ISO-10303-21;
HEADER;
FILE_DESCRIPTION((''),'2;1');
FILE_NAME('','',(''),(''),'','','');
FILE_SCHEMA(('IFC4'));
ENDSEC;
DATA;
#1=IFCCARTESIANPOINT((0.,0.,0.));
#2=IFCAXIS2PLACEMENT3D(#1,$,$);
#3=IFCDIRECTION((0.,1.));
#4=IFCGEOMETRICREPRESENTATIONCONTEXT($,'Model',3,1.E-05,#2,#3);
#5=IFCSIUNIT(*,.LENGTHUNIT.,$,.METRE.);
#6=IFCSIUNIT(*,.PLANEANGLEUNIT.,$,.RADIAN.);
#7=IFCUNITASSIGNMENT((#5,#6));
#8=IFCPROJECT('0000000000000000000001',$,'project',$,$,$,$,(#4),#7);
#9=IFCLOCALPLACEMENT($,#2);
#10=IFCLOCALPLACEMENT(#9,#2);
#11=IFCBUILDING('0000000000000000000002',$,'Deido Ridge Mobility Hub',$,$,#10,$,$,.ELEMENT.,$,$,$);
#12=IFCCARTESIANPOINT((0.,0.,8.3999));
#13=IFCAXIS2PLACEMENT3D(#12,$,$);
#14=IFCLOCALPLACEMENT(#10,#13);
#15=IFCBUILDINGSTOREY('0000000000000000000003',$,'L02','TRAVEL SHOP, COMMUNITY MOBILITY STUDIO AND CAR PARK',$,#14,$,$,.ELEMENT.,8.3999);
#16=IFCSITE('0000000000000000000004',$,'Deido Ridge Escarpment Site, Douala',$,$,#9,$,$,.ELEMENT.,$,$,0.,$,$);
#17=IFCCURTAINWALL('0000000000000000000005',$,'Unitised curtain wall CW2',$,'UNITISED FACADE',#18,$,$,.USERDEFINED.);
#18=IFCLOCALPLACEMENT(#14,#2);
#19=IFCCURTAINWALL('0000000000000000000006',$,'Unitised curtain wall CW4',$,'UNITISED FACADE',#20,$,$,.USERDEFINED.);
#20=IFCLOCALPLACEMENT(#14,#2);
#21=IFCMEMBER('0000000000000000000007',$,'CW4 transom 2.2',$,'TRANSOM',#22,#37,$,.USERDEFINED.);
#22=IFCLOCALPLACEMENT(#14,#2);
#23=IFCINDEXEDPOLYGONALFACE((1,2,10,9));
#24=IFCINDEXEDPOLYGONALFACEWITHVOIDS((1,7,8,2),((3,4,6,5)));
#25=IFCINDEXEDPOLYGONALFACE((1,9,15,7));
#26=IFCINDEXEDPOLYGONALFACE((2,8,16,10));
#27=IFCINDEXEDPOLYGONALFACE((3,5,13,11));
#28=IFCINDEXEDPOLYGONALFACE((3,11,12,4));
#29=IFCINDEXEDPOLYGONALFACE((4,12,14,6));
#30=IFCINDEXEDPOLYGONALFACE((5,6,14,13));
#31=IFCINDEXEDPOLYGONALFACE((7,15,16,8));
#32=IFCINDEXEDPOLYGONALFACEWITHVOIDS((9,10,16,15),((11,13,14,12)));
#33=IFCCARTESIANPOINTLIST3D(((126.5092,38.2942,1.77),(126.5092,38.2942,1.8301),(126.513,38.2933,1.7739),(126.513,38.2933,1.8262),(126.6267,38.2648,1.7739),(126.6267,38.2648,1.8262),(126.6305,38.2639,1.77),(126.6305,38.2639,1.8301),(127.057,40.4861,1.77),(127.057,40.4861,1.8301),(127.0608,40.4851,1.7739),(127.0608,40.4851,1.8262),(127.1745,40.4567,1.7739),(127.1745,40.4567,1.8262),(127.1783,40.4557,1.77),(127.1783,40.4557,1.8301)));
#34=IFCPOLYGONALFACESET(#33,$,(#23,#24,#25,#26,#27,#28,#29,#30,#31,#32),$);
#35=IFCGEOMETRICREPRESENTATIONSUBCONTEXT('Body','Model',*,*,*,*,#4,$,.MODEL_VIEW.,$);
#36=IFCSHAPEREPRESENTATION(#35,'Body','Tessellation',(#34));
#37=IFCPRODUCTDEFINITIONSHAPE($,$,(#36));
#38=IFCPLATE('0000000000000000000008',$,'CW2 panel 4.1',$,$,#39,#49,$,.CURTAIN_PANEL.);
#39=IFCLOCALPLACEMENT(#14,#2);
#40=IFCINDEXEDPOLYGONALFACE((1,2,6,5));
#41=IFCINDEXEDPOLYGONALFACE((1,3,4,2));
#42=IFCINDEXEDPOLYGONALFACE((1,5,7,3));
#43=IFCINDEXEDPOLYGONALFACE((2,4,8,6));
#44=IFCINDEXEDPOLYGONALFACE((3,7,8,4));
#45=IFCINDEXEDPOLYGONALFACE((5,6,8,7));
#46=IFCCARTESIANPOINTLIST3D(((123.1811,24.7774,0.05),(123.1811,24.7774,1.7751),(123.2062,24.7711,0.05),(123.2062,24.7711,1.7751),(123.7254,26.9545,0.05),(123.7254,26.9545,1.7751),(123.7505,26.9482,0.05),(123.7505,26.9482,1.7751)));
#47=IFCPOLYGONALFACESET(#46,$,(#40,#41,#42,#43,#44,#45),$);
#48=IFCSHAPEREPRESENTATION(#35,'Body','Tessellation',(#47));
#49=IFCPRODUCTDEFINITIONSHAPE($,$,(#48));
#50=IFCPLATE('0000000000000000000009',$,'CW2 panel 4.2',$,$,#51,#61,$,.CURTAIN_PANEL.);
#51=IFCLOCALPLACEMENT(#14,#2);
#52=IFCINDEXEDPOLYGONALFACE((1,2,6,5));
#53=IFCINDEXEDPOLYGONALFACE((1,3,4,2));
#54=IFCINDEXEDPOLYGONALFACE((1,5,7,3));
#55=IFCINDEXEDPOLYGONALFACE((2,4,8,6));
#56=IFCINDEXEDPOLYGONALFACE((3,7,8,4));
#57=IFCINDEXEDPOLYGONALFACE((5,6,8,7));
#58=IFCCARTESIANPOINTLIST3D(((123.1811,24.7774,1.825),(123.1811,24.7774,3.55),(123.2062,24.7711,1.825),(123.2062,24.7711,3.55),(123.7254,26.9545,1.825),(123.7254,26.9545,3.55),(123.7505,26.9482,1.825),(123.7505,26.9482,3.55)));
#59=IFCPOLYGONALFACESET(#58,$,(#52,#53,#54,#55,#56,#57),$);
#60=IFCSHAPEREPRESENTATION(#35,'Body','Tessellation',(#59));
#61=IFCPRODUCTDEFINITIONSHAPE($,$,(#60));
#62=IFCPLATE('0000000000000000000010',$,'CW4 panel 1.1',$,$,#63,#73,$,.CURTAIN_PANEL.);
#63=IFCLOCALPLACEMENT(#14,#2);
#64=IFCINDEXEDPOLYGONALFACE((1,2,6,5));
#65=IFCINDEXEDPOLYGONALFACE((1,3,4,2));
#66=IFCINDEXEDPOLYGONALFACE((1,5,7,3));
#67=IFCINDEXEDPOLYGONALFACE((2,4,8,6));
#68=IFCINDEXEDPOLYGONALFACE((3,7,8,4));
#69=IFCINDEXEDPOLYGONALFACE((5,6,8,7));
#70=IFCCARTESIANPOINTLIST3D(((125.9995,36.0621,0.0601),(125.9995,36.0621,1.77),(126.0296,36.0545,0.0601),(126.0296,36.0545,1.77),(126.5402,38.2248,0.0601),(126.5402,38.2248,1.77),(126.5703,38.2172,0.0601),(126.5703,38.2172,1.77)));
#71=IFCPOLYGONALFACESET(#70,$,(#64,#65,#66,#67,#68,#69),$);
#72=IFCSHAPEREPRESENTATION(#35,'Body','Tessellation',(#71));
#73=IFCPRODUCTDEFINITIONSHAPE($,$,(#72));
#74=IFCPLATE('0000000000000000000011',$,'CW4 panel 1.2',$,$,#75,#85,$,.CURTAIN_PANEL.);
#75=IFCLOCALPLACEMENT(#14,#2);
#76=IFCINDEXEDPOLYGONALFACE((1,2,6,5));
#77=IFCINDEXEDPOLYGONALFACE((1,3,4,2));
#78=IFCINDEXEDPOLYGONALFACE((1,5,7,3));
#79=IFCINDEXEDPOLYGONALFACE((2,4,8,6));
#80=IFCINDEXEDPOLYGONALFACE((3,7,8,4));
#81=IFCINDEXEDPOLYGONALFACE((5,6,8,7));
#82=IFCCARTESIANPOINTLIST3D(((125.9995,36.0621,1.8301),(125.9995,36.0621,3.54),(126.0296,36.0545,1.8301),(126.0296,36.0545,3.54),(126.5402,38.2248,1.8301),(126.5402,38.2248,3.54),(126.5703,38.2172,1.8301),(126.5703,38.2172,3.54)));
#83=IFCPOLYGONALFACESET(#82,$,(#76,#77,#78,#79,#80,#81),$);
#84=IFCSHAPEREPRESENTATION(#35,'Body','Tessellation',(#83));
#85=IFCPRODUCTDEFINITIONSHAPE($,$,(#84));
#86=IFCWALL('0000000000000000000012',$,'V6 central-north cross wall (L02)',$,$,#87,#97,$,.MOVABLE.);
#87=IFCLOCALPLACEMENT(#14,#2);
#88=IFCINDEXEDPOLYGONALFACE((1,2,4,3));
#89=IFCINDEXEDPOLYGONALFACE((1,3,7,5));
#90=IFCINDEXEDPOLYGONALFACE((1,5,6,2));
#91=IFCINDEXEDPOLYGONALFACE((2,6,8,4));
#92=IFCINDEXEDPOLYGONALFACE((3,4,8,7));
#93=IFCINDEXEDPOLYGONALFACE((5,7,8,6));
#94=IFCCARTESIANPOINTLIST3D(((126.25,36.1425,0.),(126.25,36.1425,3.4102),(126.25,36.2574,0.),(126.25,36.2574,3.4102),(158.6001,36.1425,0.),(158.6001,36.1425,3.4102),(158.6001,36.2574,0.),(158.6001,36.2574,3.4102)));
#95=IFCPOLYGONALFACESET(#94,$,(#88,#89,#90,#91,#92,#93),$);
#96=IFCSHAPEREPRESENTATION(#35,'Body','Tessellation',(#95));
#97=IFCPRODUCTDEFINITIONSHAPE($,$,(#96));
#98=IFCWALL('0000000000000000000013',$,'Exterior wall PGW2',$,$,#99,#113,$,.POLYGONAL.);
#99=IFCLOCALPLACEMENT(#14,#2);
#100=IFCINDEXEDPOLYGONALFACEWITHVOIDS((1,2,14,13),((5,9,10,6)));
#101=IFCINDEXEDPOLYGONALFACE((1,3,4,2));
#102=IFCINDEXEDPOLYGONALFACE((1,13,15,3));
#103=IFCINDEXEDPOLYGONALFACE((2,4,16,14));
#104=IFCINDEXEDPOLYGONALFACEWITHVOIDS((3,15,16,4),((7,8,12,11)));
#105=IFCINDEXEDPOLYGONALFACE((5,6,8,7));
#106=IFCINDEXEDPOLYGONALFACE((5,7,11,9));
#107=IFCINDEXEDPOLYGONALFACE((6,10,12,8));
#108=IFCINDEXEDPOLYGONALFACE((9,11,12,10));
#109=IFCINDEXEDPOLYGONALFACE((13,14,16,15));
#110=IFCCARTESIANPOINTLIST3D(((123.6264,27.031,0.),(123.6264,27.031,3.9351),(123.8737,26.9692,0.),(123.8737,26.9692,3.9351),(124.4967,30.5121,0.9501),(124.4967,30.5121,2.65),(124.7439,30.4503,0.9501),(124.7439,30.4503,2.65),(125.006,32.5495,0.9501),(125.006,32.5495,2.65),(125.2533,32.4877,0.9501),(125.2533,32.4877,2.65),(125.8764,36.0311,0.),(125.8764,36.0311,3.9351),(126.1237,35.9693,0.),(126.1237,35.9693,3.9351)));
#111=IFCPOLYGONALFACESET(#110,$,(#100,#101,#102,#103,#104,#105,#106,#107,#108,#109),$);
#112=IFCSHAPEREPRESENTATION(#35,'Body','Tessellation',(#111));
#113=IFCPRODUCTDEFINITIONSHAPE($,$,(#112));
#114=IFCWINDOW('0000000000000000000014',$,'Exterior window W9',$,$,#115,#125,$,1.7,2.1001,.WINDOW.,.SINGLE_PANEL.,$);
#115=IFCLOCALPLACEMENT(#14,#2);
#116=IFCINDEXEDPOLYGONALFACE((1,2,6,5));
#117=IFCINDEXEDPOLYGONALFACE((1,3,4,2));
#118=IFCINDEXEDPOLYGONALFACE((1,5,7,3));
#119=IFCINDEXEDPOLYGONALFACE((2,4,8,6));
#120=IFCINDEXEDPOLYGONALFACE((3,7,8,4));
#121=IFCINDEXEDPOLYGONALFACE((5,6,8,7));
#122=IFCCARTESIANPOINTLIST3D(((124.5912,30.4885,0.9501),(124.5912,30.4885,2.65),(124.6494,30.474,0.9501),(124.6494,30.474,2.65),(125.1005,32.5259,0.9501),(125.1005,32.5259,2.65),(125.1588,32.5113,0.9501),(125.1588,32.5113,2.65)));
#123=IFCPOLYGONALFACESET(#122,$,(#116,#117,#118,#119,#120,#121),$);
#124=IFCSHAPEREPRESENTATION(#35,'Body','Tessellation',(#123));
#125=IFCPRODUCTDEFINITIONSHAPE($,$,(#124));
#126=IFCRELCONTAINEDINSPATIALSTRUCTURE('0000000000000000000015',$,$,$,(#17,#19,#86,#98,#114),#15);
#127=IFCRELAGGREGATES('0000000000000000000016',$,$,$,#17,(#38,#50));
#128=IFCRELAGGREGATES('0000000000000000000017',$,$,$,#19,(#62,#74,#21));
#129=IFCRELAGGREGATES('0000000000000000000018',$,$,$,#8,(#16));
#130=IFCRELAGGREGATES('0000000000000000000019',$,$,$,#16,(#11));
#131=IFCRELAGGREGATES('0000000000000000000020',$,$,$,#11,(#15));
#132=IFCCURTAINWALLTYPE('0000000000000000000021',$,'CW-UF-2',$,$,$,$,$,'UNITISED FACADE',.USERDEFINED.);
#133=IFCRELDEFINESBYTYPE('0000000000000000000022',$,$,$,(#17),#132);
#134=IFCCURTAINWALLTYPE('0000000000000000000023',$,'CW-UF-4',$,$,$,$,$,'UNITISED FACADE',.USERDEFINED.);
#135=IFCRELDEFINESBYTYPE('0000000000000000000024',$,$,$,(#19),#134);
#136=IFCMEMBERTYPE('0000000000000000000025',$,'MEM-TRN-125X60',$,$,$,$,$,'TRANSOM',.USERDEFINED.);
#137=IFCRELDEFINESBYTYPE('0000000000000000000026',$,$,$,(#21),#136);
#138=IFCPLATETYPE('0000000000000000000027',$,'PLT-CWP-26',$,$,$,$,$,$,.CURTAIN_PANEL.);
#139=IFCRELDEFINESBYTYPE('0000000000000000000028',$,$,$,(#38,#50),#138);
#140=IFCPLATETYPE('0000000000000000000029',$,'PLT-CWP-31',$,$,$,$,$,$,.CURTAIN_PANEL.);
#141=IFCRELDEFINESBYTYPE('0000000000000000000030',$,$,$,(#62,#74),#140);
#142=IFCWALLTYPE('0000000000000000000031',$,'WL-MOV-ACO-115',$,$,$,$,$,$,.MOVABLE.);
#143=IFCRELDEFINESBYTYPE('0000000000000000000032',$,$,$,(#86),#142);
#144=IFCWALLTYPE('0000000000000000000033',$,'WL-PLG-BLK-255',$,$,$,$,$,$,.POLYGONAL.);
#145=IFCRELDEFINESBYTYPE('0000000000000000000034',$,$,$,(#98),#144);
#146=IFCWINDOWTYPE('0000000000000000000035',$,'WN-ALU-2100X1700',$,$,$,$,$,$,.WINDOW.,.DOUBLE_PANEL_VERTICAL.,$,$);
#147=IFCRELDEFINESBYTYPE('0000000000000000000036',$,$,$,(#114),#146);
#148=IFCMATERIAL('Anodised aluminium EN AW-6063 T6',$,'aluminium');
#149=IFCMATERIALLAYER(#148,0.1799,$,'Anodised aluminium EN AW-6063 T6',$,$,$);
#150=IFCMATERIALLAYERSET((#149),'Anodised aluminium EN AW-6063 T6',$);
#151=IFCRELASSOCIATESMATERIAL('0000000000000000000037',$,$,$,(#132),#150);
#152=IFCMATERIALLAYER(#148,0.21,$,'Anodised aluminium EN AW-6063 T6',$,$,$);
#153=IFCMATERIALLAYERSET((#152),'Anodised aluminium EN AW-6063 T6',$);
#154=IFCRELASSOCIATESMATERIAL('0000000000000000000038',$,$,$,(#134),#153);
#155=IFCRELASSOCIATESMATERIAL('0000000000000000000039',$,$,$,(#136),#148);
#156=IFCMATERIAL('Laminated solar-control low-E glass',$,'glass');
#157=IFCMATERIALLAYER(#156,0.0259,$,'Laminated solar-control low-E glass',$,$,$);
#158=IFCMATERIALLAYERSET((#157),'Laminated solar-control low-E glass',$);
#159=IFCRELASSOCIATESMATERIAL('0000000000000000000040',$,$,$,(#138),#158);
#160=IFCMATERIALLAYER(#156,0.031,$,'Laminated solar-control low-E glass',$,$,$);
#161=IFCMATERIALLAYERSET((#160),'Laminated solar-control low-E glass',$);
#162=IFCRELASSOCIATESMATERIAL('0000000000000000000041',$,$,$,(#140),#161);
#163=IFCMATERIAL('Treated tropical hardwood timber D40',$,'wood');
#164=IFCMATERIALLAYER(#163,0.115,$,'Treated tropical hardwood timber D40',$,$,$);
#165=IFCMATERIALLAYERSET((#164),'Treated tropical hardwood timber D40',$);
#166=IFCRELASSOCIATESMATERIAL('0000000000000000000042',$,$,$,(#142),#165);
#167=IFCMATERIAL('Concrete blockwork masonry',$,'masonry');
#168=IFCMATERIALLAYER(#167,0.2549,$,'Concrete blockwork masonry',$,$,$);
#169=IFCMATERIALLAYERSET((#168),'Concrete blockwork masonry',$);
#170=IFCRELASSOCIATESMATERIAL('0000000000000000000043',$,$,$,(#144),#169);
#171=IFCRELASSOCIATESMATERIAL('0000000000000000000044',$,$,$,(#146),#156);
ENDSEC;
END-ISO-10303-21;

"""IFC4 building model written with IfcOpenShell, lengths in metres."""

from ifc_helpers import new_model, si_unit, direction, frame, frame_2d, origin, origin_2d, place, context, subcontext, project, spatial, rectangle, hollow_rectangle, extrude, material, layer, layer_set, material_profile, profile_set, type_object, element, fill, aggregate, save


model = new_model("IFC4")

# Units and contexts
model_context = context("Model", 3, precision=1e-05, world=origin(), true_north=direction((0.0, 1.0)))
body_context = subcontext(model_context, "Body", "Model", "MODEL_VIEW")
ifc_project = project(units=[si_unit("LENGTHUNIT", "METRE"), si_unit("PLANEANGLEUNIT", "RADIAN")], contexts=[model_context])

# Site, building, storey
site_placement = place(None, origin())
site = spatial("IfcSite", under=ifc_project, at=site_placement, Name="Deido Ridge Escarpment Site, Douala", CompositionType="ELEMENT", RefElevation=0.0)
building_placement = place(site_placement, origin())
building = spatial("IfcBuilding", under=site, at=building_placement, Name="Deido Ridge Mobility Hub", CompositionType="ELEMENT")
storey_placement = place(building_placement, frame((0.0, 0.0, 8.3999)))
storey = spatial("IfcBuildingStorey", under=building, at=storey_placement, Name="L02", Description="TRAVEL SHOP, COMMUNITY MOBILITY STUDIO AND CAR PARK", CompositionType="ELEMENT", Elevation=8.3999)

# Curtain wall
ifc_material_1 = material(Name="Anodised aluminium EN AW-6063 T6", Category="aluminium")
ifc_layer_1 = layer(ifc_material_1, 0.1799, Name="Anodised aluminium EN AW-6063 T6")
ifc_layer_set_1 = layer_set([ifc_layer_1], Name="Anodised aluminium EN AW-6063 T6")
curtain_wall_type_1 = type_object("IfcCurtainWallType", Name="CW-UF-2", ElementType="UNITISED FACADE", PredefinedType="USERDEFINED", material=ifc_layer_set_1)
curtain_wall_1_placement = place(storey_placement, origin())
curtain_wall_1 = element("IfcCurtainWall", 1, at=curtain_wall_1_placement, inside=storey, type_object=curtain_wall_type_1, Name="Unitised curtain wall CW2", ObjectType="UNITISED FACADE", PredefinedType="USERDEFINED")

# Curtain wall
ifc_layer_2 = layer(ifc_material_1, 0.21, Name="Anodised aluminium EN AW-6063 T6")
ifc_layer_set_2 = layer_set([ifc_layer_2], Name="Anodised aluminium EN AW-6063 T6")
curtain_wall_type_2 = type_object("IfcCurtainWallType", Name="CW-UF-4", ElementType="UNITISED FACADE", PredefinedType="USERDEFINED", material=ifc_layer_set_2)
curtain_wall_2_placement = place(storey_placement, origin())
curtain_wall_2 = element("IfcCurtainWall", 2, at=curtain_wall_2_placement, inside=storey, type_object=curtain_wall_type_2, Name="Unitised curtain wall CW4", ObjectType="UNITISED FACADE", PredefinedType="USERDEFINED")

# Member
ifc_material_profile_1 = material_profile(ifc_material_1, hollow_rectangle(XDim=0.125, YDim=0.0601, WallThickness=0.0039, at=origin_2d()), Name="RHS 125x60x4")
ifc_profile_set_1 = profile_set([ifc_material_profile_1], Name="Anodised aluminium EN AW-6063 T6")
member_type_1 = type_object("IfcMemberType", Name="MEM-TRN-125X60", ElementType="TRANSOM", PredefinedType="USERDEFINED", material=ifc_profile_set_1)
member_1_placement = place(storey_placement, frame((126.5698, 38.2791, 1.8), z_axis=(0.242485, 0.970155, 0.0), x_axis=(-0.970155, 0.242485, 0.0)))
member_1 = element("IfcMember", 3, at=member_1_placement, type_object=member_type_1, Name="CW4 transom 2.2", ObjectType="TRANSOM", PredefinedType="USERDEFINED", context=body_context, shape_type="SweptSolid", body=[
    extrude(hollow_rectangle(XDim=0.125, YDim=0.0601, WallThickness=0.0039, at=origin_2d()), origin(), (0.0, 0.0, 1.0), 2.2593),
])

# Plates
ifc_material_2 = material(Name="Laminated solar-control low-E glass", Category="glass")
ifc_layer_3 = layer(ifc_material_2, 0.0259, Name="Laminated solar-control low-E glass")
ifc_layer_set_3 = layer_set([ifc_layer_3], Name="Laminated solar-control low-E glass")
plate_type_1 = type_object("IfcPlateType", Name="PLT-CWP-26", PredefinedType="CURTAIN_PANEL", material=ifc_layer_set_3)
plate_1_placement = place(storey_placement, frame((123.4658, 25.8628, 0.05), z_axis=(0.0, 0.0, 1.0), x_axis=(0.242536, 0.970143, 0.0)))
plate_1 = element("IfcPlate", 4, at=plate_1_placement, type_object=plate_type_1, Name="CW2 panel 4.1", PredefinedType="CURTAIN_PANEL", context=body_context, shape_type="SweptSolid", body=[
    extrude(rectangle(XDim=2.2441, YDim=0.0259, at=origin_2d()), origin(), (0.0, 0.0, 1.0), 1.7251),
])
plate_2_placement = place(storey_placement, frame((123.4658, 25.8628, 1.825), z_axis=(0.0, 0.0, 1.0), x_axis=(0.242536, 0.970143, 0.0)))
plate_2 = element("IfcPlate", 5, at=plate_2_placement, type_object=plate_type_1, Name="CW2 panel 4.2", PredefinedType="CURTAIN_PANEL", context=body_context, shape_type="SweptSolid", body=[
    extrude(rectangle(XDim=2.2441, YDim=0.0259, at=origin_2d()), origin(), (0.0, 0.0, 1.0), 1.7251),
])
aggregate(curtain_wall_1, [plate_1, plate_2])
ifc_layer_4 = layer(ifc_material_2, 0.031, Name="Laminated solar-control low-E glass")
ifc_layer_set_4 = layer_set([ifc_layer_4], Name="Laminated solar-control low-E glass")
plate_type_2 = type_object("IfcPlateType", Name="PLT-CWP-31", PredefinedType="CURTAIN_PANEL", material=ifc_layer_set_4)
plate_3_placement = place(storey_placement, frame((126.2849, 37.1396, 0.0601), z_axis=(0.0, 0.0, 1.0), x_axis=(0.242536, 0.970143, 0.0)))
plate_3 = element("IfcPlate", 6, at=plate_3_placement, type_object=plate_type_2, Name="CW4 panel 1.1", PredefinedType="CURTAIN_PANEL", context=body_context, shape_type="SweptSolid", body=[
    extrude(rectangle(XDim=2.2292, YDim=0.031, at=origin_2d()), origin(), (0.0, 0.0, 1.0), 1.71),
])
plate_4_placement = place(storey_placement, frame((126.2849, 37.1396, 1.8301), z_axis=(0.0, 0.0, 1.0), x_axis=(0.242536, 0.970143, 0.0)))
plate_4 = element("IfcPlate", 7, at=plate_4_placement, type_object=plate_type_2, Name="CW4 panel 1.2", PredefinedType="CURTAIN_PANEL", context=body_context, shape_type="SweptSolid", body=[
    extrude(rectangle(XDim=2.2292, YDim=0.031, at=origin_2d()), origin(), (0.0, 0.0, 1.0), 1.71),
])
aggregate(curtain_wall_2, [plate_3, plate_4, member_1])

# Wall
ifc_material_3 = material(Name="Treated tropical hardwood timber D40", Category="wood")
ifc_layer_5 = layer(ifc_material_3, 0.115, Name="Treated tropical hardwood timber D40")
ifc_layer_set_5 = layer_set([ifc_layer_5], Name="Treated tropical hardwood timber D40")
wall_type_1 = type_object("IfcWallType", Name="WL-MOV-ACO-115", PredefinedType="MOVABLE", material=ifc_layer_set_5)
wall_1_placement = place(storey_placement, frame((126.25, 36.2, 0.0), z_axis=(0.0, 0.0, 1.0), x_axis=(1.0, 0.0, 0.0)))
element("IfcWall", 8, at=wall_1_placement, inside=storey, type_object=wall_type_1, Name="V6 central-north cross wall (L02)", PredefinedType="MOVABLE", context=body_context, shape_type="SweptSolid", body=[
    extrude(rectangle(XDim=32.3501, YDim=0.115, at=frame_2d((16.175, 0.0))), origin(), (0.0, 0.0, 1.0), 3.4102),
])

# Wall, opening, window
ifc_material_4 = material(Name="Concrete blockwork masonry", Category="masonry")
ifc_layer_6 = layer(ifc_material_4, 0.2549, Name="Concrete blockwork masonry")
ifc_layer_set_6 = layer_set([ifc_layer_6], Name="Concrete blockwork masonry")
wall_type_2 = type_object("IfcWallType", Name="WL-PLG-BLK-255", PredefinedType="POLYGONAL", material=ifc_layer_set_6)
wall_2_placement = place(storey_placement, frame((123.75, 27.0, 0.0), z_axis=(0.0, 0.0, 1.0), x_axis=(0.242536, 0.970143, 0.0)))
wall_2 = element("IfcWall", 9, at=wall_2_placement, inside=storey, type_object=wall_type_2, Name="Exterior wall PGW2", PredefinedType="POLYGONAL", context=body_context, shape_type="SweptSolid", body=[
    extrude(rectangle(XDim=9.2771, YDim=0.2549, at=frame_2d((4.6387, 0.0))), origin(), (0.0, 0.0, 1.0), 3.9351),
])
opening_placement = place(wall_2_placement, frame((3.5884, 0.0, 0.95)))
opening = element("IfcOpeningElement", 10, at=opening_placement, cuts=wall_2, PredefinedType="OPENING", context=body_context, shape_type="SweptSolid", body=[
    extrude(rectangle(XDim=2.1001, YDim=1.7, at=frame_2d((1.05, 0.8501))), frame((0.0, 0.1375, 0.0), z_axis=(0.0, -1.0, 0.0), x_axis=(1.0, 0.0, 0.0)), (0.0, 0.0, 1.0), 0.2749),
])
window_type = type_object("IfcWindowType", Name="WN-ALU-2100X1700", PartitioningType="DOUBLE_PANEL_VERTICAL", PredefinedType="WINDOW", material=ifc_material_2)
window_placement = place(opening_placement, origin())
window = element("IfcWindow", 11, at=window_placement, inside=storey, type_object=window_type, Name="Exterior window W9", OverallHeight=1.7, OverallWidth=2.1001, PartitioningType="SINGLE_PANEL", PredefinedType="WINDOW", context=body_context, shape_type="SweptSolid", body=[
    extrude(rectangle(XDim=2.1001, YDim=1.7, at=frame_2d((1.05, 0.8501))), frame((0.0, 0.03, 0.0), z_axis=(0.0, -1.0, 0.0), x_axis=(1.0, 0.0, 0.0)), (0.0, 0.0, 1.0), 0.0601),
])
fill(opening, window)

save(model, "model.ifc")
